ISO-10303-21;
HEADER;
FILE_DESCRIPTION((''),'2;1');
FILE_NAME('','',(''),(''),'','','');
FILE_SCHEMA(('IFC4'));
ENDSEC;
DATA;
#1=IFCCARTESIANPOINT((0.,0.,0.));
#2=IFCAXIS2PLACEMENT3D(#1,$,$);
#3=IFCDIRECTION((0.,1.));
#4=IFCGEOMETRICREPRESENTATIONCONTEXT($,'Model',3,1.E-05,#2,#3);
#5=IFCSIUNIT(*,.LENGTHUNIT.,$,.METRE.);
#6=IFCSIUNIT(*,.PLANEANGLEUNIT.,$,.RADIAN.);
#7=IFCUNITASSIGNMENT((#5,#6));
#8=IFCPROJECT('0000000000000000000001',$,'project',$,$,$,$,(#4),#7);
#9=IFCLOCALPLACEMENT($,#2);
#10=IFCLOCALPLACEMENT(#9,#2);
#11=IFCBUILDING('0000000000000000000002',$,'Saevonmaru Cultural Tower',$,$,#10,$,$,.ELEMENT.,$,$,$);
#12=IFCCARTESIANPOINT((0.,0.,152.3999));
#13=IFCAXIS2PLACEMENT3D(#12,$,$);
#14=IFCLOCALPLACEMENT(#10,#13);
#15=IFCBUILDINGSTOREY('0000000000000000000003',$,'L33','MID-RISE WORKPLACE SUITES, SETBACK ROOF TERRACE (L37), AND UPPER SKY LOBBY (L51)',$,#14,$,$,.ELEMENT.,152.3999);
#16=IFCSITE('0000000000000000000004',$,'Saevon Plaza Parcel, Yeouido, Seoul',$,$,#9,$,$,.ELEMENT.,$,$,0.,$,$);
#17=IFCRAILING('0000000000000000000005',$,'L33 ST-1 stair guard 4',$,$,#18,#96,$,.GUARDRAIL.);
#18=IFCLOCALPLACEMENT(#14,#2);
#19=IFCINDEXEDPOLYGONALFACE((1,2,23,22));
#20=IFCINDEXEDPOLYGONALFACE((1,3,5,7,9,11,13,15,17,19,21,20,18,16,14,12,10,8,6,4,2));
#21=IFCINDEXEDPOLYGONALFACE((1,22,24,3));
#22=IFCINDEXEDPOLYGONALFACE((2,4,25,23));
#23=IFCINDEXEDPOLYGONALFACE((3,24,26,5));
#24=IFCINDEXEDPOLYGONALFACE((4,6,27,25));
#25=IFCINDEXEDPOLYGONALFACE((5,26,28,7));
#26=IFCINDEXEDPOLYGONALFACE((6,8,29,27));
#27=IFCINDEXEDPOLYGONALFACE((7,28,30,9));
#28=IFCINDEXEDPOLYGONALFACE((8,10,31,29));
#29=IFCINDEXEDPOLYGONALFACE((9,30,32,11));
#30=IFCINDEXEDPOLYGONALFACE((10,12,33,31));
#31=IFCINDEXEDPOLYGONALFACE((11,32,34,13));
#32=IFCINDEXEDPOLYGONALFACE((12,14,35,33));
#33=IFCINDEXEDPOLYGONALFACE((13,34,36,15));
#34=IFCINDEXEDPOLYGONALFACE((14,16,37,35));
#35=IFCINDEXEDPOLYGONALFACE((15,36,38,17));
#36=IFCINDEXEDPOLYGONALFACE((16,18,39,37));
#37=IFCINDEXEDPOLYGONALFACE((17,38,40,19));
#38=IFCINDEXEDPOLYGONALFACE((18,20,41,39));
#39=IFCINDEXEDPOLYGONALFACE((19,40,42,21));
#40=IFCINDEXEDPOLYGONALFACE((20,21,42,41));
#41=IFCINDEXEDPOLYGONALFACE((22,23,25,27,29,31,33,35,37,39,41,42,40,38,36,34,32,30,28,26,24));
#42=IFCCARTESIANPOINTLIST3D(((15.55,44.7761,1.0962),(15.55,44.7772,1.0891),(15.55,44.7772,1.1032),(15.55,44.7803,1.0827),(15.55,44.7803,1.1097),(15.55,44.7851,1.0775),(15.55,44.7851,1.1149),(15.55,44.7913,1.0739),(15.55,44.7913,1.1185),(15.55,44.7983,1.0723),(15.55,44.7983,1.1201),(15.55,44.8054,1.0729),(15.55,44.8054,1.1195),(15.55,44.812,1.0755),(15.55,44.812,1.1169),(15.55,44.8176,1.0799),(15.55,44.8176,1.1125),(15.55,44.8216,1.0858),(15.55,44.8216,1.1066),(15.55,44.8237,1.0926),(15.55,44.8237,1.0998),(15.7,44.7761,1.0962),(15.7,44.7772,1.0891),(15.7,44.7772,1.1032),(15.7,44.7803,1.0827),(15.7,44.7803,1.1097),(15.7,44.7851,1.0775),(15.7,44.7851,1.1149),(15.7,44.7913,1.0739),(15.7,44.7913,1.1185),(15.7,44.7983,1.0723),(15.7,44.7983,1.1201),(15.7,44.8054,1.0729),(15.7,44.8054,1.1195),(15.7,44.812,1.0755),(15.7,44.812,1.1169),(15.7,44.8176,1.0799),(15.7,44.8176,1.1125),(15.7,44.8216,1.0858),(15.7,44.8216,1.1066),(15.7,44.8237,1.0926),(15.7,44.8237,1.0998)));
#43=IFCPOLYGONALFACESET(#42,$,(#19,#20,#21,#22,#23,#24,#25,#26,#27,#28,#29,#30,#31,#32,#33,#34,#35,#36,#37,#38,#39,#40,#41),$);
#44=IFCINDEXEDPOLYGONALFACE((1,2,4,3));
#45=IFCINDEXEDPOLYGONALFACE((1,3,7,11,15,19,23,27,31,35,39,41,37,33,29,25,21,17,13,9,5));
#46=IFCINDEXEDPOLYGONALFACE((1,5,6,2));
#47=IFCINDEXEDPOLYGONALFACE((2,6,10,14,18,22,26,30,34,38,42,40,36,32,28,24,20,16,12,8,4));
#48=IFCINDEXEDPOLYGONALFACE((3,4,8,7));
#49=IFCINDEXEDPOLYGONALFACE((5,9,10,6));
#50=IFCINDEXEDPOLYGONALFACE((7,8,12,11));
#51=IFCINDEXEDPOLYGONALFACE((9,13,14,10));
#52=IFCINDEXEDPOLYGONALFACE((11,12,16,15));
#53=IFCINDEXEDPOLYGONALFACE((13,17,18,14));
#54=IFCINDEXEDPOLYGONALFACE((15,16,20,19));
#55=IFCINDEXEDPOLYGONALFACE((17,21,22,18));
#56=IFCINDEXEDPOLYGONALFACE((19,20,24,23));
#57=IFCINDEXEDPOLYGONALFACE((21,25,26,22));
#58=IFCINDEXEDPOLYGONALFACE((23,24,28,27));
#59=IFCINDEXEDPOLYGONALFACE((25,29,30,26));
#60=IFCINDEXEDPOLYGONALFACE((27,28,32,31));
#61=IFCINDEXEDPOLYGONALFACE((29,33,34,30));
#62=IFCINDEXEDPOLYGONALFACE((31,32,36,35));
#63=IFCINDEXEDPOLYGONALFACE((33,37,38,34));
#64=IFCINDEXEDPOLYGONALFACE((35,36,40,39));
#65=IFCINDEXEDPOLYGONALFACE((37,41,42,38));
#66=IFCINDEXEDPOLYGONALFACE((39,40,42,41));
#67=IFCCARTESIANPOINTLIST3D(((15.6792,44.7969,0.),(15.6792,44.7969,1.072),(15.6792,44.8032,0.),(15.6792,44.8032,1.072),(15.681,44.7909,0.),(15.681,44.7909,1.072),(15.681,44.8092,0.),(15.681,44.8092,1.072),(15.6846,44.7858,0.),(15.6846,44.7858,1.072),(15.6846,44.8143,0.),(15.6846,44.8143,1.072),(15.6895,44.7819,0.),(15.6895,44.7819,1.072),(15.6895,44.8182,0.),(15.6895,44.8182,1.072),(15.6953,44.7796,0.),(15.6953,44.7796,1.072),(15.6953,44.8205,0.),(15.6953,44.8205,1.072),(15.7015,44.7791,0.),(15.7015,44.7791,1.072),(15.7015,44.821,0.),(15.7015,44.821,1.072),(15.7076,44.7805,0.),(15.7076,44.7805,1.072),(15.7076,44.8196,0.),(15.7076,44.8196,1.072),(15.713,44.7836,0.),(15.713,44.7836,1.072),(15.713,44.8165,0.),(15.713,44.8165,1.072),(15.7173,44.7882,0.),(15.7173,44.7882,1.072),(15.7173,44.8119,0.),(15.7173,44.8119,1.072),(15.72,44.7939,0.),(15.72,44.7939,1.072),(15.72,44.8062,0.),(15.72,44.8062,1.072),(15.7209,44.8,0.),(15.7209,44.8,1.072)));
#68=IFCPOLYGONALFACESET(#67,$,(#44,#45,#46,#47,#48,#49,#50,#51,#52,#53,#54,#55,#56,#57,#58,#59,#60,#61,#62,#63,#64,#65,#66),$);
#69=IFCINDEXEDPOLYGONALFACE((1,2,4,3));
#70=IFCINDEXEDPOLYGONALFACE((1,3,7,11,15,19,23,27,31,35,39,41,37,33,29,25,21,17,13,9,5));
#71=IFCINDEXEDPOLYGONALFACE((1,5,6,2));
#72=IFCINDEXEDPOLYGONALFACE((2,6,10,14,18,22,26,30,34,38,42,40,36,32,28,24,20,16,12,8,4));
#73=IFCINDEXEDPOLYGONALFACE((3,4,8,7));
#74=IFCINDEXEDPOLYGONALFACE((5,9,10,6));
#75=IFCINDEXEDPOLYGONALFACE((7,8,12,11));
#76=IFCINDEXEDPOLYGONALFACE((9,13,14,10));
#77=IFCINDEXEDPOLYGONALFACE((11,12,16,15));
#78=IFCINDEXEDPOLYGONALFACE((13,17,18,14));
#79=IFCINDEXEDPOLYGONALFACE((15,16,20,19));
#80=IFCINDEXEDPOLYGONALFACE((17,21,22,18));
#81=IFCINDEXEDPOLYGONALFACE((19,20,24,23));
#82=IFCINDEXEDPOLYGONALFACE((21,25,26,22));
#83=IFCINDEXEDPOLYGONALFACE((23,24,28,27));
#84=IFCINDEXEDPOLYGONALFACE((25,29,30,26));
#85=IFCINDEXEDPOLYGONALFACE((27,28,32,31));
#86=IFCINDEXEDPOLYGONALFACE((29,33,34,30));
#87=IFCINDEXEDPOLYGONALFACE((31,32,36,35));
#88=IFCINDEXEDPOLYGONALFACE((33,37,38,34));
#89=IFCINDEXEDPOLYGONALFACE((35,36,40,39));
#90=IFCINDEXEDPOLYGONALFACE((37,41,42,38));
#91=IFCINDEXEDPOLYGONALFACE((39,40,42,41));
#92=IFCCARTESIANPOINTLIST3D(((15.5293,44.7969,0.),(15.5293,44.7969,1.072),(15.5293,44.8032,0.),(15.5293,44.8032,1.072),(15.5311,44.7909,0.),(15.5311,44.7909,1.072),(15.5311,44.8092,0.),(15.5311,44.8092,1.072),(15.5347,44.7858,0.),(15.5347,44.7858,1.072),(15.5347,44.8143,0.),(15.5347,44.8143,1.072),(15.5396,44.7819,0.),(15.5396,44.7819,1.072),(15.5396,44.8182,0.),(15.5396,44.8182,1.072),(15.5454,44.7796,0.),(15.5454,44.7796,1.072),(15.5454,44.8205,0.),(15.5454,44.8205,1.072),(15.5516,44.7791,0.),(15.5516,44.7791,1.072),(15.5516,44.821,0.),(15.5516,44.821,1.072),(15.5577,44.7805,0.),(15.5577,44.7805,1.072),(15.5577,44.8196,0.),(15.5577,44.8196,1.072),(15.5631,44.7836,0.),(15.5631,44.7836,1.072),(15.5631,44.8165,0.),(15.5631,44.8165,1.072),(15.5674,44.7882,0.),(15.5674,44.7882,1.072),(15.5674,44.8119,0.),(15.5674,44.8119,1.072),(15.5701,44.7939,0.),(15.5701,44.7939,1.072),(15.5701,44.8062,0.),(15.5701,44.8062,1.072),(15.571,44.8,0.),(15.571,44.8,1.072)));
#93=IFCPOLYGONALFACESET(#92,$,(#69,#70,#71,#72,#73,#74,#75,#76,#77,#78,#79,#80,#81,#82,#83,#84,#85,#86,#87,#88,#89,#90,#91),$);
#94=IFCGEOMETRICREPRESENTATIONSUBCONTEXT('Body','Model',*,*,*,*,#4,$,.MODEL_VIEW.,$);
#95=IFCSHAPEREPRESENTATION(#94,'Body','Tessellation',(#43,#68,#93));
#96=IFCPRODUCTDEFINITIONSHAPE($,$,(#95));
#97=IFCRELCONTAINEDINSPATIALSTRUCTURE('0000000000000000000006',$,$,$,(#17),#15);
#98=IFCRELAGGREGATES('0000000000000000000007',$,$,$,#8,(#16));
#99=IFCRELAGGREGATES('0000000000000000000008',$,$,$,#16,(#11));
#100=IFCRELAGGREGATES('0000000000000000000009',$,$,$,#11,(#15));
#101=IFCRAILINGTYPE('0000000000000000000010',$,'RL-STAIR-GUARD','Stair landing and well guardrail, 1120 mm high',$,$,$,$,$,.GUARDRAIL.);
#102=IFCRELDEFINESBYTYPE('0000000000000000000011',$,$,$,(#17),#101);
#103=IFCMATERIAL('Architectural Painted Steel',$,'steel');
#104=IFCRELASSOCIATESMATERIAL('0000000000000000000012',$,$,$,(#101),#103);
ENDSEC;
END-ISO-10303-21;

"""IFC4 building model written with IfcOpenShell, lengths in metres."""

from ifc_helpers import new_model, si_unit, direction, frame, origin, origin_2d, place, context, subcontext, project, spatial, circle, extrude, material, type_object, element, save


model = new_model("IFC4")

# Units and contexts
model_context = context("Model", 3, precision=1e-05, world=origin(), true_north=direction((0.0, 1.0)))
body_context = subcontext(model_context, "Body", "Model", "MODEL_VIEW")
ifc_project = project(units=[si_unit("LENGTHUNIT", "METRE"), si_unit("PLANEANGLEUNIT", "RADIAN")], contexts=[model_context])

# Site, building, storey
site_placement = place(None, origin())
site = spatial("IfcSite", under=ifc_project, at=site_placement, Name="Saevon Plaza Parcel, Yeouido, Seoul", CompositionType="ELEMENT", RefElevation=0.0)
building_placement = place(site_placement, origin())
building = spatial("IfcBuilding", under=site, at=building_placement, Name="Saevonmaru Cultural Tower", CompositionType="ELEMENT")
storey_placement = place(building_placement, frame((0.0, 0.0, 152.3999)))
storey = spatial("IfcBuildingStorey", under=building, at=storey_placement, Name="L33", Description="MID-RISE WORKPLACE SUITES, SETBACK ROOF TERRACE (L37), AND UPPER SKY LOBBY (L51)", CompositionType="ELEMENT", Elevation=152.3999)

# Railing
ifc_material_1 = material(Name="Architectural Painted Steel", Category="steel")
railing_type_1 = type_object("IfcRailingType", Name="RL-STAIR-GUARD", Description="Stair landing and well guardrail, 1120 mm high", PredefinedType="GUARDRAIL", material=ifc_material_1)
railing_1_placement = place(storey_placement, frame((15.7, 44.8, 0.0)))
element("IfcRailing", 1, at=railing_1_placement, inside=storey, type_object=railing_type_1, Name="L33 ST-1 stair guard 4", PredefinedType="GUARDRAIL", context=body_context, shape_type="SweptSolid", body=[
    extrude(circle(Radius=0.0239, at=origin_2d()), frame((0.0, 0.0, 1.0962), z_axis=(-1.0, 0.0, 0.0), x_axis=(0.0, -1.0, 0.0)), (0.0, 0.0, 1.0), 0.1499),
    extrude(circle(Radius=0.021, at=origin_2d()), origin(), (0.0, 0.0, 1.0), 1.072),
    extrude(circle(Radius=0.021, at=origin_2d()), frame((-0.1499, 0.0, 0.0)), (0.0, 0.0, 1.0), 1.072),
])

save(model, "model.ifc")
